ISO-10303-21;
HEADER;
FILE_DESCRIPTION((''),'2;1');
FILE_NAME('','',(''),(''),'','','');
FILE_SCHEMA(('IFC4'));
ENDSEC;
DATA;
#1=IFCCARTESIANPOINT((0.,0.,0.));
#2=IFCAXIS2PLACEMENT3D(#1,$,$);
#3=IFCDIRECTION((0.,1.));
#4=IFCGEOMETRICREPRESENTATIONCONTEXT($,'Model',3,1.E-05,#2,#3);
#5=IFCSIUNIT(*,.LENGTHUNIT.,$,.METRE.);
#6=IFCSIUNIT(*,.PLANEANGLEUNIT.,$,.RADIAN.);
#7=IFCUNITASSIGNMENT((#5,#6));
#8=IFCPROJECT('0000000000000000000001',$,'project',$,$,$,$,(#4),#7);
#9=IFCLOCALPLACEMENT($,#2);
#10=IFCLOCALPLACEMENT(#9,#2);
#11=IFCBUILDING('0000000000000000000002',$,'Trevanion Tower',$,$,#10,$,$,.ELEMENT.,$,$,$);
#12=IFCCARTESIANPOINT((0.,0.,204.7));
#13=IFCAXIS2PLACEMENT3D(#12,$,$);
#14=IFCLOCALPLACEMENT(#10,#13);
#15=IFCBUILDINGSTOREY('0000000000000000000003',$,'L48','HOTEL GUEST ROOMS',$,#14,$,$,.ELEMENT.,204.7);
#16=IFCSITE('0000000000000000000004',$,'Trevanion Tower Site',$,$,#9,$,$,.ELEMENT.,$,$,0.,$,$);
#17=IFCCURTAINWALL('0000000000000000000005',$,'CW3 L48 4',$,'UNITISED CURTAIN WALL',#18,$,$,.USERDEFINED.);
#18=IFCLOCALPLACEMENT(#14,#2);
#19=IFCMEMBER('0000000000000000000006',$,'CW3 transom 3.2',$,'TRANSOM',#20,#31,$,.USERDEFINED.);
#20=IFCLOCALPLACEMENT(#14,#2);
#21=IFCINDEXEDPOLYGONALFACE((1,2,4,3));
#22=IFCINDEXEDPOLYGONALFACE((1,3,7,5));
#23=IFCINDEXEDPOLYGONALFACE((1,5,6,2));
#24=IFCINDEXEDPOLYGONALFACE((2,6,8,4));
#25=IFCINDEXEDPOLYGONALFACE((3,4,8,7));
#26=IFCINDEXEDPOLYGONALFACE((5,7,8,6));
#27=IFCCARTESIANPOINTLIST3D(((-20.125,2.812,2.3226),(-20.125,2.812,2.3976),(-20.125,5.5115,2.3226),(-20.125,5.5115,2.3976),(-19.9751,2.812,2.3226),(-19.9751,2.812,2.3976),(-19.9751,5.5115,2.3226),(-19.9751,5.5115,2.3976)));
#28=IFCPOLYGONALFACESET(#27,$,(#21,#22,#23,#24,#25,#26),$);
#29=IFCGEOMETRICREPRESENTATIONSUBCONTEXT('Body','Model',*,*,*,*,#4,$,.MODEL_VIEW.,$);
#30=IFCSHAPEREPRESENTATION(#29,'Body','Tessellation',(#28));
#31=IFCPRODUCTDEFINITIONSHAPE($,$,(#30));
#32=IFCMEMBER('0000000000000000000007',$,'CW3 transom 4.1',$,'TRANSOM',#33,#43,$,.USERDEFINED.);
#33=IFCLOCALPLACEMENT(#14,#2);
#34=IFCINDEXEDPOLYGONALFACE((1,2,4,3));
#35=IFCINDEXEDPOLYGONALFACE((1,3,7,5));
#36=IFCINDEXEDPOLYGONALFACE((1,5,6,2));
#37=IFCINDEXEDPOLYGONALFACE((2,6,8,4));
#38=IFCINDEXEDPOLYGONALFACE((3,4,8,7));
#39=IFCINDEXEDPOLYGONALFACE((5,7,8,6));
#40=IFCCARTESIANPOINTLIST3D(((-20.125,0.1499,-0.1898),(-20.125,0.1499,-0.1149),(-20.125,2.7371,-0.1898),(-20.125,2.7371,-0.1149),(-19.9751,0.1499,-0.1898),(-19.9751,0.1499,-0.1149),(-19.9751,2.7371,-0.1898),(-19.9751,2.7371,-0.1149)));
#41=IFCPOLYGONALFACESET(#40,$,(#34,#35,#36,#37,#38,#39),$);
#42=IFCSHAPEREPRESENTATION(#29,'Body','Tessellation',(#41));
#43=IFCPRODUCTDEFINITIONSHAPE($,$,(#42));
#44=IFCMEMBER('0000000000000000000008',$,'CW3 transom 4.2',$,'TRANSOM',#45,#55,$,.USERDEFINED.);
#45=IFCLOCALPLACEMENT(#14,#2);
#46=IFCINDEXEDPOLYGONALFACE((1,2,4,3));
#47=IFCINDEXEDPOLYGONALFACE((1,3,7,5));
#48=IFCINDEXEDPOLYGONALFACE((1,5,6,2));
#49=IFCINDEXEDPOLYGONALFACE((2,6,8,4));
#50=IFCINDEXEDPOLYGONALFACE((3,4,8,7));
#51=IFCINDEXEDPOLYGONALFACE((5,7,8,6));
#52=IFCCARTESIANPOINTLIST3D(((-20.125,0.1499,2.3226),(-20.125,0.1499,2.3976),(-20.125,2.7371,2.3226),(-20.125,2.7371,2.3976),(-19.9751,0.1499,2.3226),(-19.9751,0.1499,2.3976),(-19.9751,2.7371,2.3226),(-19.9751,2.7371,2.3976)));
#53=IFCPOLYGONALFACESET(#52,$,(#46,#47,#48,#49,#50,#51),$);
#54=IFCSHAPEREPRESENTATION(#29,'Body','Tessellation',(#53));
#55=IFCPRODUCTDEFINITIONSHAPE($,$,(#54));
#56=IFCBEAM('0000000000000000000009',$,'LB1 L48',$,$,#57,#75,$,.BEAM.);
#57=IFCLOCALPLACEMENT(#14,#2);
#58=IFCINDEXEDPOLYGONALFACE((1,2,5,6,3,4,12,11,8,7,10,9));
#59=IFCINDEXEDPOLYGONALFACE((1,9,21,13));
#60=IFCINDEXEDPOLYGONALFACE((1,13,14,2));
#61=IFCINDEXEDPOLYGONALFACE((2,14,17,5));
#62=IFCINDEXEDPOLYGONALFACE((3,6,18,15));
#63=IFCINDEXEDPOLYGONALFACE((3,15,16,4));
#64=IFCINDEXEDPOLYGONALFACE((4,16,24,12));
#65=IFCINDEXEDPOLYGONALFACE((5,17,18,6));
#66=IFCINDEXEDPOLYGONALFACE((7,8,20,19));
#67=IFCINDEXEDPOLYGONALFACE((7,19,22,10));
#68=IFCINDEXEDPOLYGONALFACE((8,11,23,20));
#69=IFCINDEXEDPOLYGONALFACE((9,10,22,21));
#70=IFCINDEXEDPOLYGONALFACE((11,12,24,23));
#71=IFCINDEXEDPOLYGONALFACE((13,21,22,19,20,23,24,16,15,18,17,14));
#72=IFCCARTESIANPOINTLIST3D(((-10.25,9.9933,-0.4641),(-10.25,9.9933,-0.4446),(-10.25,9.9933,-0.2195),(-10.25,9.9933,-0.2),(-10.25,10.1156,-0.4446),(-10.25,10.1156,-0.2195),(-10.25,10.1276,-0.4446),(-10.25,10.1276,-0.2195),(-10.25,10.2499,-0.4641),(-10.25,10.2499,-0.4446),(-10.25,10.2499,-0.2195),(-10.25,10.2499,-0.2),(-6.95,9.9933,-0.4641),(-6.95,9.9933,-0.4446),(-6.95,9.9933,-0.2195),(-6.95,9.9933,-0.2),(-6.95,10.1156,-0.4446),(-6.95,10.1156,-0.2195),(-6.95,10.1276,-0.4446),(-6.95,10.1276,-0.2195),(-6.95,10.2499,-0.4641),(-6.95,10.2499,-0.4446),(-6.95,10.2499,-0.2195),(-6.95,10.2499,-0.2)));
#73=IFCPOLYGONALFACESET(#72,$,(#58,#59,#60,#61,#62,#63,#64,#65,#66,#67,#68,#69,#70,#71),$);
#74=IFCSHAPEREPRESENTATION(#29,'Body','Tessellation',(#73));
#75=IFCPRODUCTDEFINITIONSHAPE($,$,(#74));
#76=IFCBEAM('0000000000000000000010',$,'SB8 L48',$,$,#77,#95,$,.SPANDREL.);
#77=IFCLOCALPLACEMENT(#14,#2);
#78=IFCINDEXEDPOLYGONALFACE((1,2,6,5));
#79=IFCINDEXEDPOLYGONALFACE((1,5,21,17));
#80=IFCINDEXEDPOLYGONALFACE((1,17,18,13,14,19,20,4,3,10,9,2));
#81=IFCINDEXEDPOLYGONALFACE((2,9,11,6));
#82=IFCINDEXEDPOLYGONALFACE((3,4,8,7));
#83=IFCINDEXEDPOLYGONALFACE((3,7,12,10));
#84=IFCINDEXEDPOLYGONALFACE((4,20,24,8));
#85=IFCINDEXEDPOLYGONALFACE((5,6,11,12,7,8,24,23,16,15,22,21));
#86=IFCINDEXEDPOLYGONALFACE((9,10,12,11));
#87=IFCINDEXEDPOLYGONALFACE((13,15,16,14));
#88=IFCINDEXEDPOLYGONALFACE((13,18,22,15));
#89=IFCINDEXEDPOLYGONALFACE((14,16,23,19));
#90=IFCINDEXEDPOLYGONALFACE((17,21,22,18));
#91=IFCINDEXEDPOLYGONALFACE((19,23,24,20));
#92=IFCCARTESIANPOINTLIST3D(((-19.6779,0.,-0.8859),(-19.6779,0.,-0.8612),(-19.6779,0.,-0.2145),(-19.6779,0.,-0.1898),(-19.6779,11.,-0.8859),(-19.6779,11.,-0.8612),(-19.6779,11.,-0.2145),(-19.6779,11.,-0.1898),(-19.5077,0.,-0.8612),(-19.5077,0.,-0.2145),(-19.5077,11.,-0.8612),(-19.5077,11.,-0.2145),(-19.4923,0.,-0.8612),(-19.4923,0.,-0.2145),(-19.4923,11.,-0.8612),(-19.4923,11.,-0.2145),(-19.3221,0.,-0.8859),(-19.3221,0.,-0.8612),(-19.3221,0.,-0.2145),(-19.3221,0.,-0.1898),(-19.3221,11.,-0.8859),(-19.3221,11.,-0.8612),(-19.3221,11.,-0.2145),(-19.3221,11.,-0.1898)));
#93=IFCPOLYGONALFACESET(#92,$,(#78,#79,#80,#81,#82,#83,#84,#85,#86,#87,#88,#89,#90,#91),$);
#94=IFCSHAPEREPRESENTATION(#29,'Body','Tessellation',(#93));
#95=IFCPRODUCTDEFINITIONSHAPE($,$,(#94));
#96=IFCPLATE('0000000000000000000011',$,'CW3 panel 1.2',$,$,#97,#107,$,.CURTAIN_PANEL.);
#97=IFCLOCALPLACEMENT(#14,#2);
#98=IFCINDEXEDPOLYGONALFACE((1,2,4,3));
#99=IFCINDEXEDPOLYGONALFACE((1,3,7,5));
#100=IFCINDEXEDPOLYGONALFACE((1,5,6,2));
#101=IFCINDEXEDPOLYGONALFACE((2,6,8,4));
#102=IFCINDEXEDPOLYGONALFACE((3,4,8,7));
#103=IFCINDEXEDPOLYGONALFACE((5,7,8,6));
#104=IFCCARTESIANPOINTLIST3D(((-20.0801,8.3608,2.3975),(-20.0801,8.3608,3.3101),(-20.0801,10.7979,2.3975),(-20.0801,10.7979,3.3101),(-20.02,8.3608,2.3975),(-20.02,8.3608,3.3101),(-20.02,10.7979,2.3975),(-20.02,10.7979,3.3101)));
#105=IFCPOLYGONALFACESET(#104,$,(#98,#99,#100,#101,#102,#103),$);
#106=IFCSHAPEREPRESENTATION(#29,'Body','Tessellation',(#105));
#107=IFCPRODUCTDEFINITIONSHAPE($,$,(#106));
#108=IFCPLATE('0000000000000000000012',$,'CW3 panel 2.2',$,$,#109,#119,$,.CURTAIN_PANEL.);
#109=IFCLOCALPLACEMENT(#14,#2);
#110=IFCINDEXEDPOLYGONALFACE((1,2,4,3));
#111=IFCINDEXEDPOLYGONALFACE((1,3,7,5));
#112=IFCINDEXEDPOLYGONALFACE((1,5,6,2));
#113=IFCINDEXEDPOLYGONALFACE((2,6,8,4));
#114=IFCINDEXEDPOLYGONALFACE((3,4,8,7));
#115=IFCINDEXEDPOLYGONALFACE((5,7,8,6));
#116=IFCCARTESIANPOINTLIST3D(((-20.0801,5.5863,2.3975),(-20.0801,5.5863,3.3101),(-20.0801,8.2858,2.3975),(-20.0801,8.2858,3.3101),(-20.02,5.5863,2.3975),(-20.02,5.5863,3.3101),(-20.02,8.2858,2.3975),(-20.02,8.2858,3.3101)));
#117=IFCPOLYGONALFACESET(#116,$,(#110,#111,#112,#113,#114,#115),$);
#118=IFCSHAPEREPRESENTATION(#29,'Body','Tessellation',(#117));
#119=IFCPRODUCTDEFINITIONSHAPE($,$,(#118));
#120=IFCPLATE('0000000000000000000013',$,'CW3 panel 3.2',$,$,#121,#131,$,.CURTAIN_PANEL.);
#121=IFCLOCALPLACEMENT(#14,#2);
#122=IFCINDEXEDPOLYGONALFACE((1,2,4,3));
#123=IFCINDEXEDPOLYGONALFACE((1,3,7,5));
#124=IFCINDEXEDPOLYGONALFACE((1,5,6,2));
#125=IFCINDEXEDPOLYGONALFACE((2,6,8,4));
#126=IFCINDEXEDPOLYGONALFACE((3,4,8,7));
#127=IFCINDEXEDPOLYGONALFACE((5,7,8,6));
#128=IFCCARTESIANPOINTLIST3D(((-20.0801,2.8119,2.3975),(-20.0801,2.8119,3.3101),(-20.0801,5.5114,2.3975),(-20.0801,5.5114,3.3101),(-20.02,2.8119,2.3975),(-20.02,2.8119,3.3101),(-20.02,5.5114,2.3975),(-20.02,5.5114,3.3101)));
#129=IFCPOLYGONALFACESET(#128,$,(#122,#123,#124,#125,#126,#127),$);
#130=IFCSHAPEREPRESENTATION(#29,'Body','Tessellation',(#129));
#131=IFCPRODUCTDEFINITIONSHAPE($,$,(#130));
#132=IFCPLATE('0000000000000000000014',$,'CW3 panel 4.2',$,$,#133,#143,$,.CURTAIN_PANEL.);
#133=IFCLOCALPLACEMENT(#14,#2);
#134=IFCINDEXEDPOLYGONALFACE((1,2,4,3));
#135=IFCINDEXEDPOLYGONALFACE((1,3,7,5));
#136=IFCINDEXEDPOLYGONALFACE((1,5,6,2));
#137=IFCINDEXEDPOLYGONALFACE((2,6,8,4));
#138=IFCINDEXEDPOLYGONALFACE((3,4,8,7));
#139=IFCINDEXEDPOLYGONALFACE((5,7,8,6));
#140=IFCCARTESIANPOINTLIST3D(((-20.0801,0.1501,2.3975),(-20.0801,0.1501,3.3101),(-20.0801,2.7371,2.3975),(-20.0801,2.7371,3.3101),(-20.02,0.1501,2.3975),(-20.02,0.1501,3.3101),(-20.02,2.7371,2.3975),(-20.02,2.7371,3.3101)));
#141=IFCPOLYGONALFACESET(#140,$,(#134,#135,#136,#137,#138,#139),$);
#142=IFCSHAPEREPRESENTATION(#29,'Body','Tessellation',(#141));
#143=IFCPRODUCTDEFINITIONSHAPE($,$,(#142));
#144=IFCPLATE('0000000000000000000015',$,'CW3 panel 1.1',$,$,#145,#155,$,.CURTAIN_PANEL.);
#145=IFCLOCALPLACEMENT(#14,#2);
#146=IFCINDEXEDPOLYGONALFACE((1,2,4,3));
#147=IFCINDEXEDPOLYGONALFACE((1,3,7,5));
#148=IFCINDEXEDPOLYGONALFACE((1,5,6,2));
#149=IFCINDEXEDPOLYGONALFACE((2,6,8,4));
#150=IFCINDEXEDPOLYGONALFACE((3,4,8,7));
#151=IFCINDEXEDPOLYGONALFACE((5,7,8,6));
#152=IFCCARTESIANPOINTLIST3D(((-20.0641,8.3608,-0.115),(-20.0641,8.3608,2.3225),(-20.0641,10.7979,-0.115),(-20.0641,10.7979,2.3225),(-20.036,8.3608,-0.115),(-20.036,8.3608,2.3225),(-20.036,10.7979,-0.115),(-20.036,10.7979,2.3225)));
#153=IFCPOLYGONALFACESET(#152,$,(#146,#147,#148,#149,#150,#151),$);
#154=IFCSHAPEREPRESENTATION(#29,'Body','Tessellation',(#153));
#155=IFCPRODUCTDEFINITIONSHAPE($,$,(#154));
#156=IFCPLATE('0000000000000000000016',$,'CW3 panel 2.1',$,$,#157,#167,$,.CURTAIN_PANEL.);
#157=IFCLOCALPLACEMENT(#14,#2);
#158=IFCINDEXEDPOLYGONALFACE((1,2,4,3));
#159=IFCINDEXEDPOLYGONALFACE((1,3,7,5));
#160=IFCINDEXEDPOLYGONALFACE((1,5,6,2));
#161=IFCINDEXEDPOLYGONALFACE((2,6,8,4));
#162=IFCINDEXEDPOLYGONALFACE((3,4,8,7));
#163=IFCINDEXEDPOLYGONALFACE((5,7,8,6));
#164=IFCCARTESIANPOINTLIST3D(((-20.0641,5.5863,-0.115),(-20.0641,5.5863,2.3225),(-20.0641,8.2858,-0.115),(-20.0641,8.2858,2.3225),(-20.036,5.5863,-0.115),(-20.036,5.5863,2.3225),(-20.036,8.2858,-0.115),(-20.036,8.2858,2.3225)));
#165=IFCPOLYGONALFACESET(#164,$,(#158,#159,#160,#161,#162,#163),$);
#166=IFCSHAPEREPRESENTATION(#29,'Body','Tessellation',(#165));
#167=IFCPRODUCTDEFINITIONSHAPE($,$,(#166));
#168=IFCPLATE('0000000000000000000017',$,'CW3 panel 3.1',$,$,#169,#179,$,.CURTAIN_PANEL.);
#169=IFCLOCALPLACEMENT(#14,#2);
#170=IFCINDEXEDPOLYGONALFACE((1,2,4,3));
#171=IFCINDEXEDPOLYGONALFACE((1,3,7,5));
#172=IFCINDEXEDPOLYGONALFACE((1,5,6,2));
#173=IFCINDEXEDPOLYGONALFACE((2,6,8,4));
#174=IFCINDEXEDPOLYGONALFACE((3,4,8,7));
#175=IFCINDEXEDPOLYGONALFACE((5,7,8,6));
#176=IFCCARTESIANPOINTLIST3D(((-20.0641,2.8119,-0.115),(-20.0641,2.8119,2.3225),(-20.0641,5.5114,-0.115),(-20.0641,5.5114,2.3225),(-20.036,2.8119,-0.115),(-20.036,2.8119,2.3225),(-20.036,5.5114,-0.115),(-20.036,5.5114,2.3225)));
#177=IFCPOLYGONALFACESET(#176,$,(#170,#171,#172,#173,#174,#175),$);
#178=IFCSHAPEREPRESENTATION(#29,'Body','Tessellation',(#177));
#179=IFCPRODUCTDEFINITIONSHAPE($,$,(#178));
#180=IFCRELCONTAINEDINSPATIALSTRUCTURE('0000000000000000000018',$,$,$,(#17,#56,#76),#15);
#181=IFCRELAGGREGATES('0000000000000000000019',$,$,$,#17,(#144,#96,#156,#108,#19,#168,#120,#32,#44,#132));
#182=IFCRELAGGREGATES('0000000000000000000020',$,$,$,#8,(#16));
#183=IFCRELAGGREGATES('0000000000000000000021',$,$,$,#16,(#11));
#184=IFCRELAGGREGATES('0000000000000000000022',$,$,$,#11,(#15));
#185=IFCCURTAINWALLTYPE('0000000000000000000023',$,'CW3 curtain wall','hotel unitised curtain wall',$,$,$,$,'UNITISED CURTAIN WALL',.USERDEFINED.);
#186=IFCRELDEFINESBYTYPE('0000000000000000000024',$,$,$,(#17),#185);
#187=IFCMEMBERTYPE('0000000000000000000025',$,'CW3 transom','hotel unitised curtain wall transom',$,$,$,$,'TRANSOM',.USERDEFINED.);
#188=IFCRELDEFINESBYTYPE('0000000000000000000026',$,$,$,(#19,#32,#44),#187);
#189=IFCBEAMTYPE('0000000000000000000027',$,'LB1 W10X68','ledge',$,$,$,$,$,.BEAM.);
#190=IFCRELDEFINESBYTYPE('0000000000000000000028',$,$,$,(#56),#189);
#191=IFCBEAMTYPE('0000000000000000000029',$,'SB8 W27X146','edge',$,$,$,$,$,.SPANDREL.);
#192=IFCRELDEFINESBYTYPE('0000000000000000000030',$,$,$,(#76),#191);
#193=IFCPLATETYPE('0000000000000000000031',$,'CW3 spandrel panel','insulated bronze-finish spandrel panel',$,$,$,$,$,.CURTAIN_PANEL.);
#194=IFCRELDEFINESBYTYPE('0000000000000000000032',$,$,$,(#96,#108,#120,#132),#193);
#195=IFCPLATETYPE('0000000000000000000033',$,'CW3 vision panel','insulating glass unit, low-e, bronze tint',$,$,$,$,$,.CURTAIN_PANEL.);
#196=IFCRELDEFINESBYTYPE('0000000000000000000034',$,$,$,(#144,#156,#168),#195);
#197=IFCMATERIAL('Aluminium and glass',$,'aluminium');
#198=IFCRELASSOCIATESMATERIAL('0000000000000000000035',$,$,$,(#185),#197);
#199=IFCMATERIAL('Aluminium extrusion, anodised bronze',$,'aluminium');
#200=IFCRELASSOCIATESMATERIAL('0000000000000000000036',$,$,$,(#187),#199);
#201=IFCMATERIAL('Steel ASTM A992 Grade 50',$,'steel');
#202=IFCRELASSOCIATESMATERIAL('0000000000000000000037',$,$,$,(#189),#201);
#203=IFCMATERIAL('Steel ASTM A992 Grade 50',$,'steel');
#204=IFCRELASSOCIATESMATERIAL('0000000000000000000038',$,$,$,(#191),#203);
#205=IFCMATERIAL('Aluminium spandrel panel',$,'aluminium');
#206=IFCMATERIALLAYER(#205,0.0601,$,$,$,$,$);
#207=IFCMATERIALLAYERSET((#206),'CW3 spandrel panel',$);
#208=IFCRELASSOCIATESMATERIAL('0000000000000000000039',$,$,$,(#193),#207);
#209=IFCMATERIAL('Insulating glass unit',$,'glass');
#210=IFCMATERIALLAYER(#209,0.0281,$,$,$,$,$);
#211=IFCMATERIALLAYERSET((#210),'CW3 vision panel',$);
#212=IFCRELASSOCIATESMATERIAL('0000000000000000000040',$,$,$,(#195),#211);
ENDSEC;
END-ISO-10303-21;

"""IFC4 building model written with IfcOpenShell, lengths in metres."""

from ifc_helpers import new_model, si_unit, direction, frame, origin, origin_2d, place, context, subcontext, project, spatial, rectangle, i_section, extrude, material, layer, layer_set, material_profile, profile_set, type_object, element, aggregate, save


model = new_model("IFC4")

# Units and contexts
model_context = context("Model", 3, precision=1e-05, world=origin(), true_north=direction((0.0, 1.0)))
body_context = subcontext(model_context, "Body", "Model", "MODEL_VIEW")
ifc_project = project(units=[si_unit("LENGTHUNIT", "METRE"), si_unit("PLANEANGLEUNIT", "RADIAN")], contexts=[model_context])

# Site, building, storey
site_placement = place(None, origin())
site = spatial("IfcSite", under=ifc_project, at=site_placement, Name="Trevanion Tower Site", CompositionType="ELEMENT", RefElevation=0.0)
building_placement = place(site_placement, origin())
building = spatial("IfcBuilding", under=site, at=building_placement, Name="Trevanion Tower", CompositionType="ELEMENT")
storey_placement = place(building_placement, frame((0.0, 0.0, 204.7)))
storey = spatial("IfcBuildingStorey", under=building, at=storey_placement, Name="L48", Description="HOTEL GUEST ROOMS", CompositionType="ELEMENT", Elevation=204.7)

# Curtain wall, members
ifc_material_1 = material(Name="Aluminium and glass", Category="aluminium")
curtain_wall_type = type_object("IfcCurtainWallType", Name="CW3 curtain wall", Description="hotel unitised curtain wall", ElementType="UNITISED CURTAIN WALL", PredefinedType="USERDEFINED", material=ifc_material_1)
curtain_wall_placement = place(storey_placement, origin())
curtain_wall = element("IfcCurtainWall", 1, at=curtain_wall_placement, inside=storey, type_object=curtain_wall_type, Name="CW3 L48 4", ObjectType="UNITISED CURTAIN WALL", PredefinedType="USERDEFINED")
ifc_material_2 = material(Name="Aluminium extrusion, anodised bronze", Category="aluminium")
ifc_material_profile_1 = material_profile(ifc_material_2, rectangle(XDim=0.1499, YDim=0.075, at=origin_2d()), Name="CW3 transom")
ifc_profile_set_1 = profile_set([ifc_material_profile_1], Name="Aluminium extrusion, anodised bronze")
member_type_1 = type_object("IfcMemberType", Name="CW3 transom", Description="hotel unitised curtain wall transom", ElementType="TRANSOM", PredefinedType="USERDEFINED", material=ifc_profile_set_1)
member_1_placement = place(storey_placement, frame((-20.05, 5.5115, 2.3601), z_axis=(0.0, -1.0, 0.0), x_axis=(1.0, 0.0, 0.0)))
member_1 = element("IfcMember", 2, at=member_1_placement, type_object=member_type_1, Name="CW3 transom 3.2", ObjectType="TRANSOM", PredefinedType="USERDEFINED", context=body_context, shape_type="SweptSolid", body=[
    extrude(rectangle(XDim=0.1499, YDim=0.075, at=origin_2d()), origin(), (0.0, 0.0, 1.0), 2.6995),
])
member_2_placement = place(storey_placement, frame((-20.05, 2.7371, -0.1523), z_axis=(0.0, -1.0, 0.0), x_axis=(1.0, 0.0, 0.0)))
member_2 = element("IfcMember", 3, at=member_2_placement, type_object=member_type_1, Name="CW3 transom 4.1", ObjectType="TRANSOM", PredefinedType="USERDEFINED", context=body_context, shape_type="SweptSolid", body=[
    extrude(rectangle(XDim=0.1499, YDim=0.075, at=origin_2d()), origin(), (0.0, 0.0, 1.0), 2.5872),
])
member_3_placement = place(storey_placement, frame((-20.05, 2.7371, 2.3601), z_axis=(0.0, -1.0, 0.0), x_axis=(1.0, 0.0, 0.0)))
member_3 = element("IfcMember", 4, at=member_3_placement, type_object=member_type_1, Name="CW3 transom 4.2", ObjectType="TRANSOM", PredefinedType="USERDEFINED", context=body_context, shape_type="SweptSolid", body=[
    extrude(rectangle(XDim=0.1499, YDim=0.075, at=origin_2d()), origin(), (0.0, 0.0, 1.0), 2.5872),
])

# Beams
ifc_material_3 = material(Name="Steel ASTM A992 Grade 50", Category="steel")
ifc_material_profile_2 = material_profile(ifc_material_3, i_section(OverallWidth=0.2566, OverallDepth=0.2642, WebThickness=0.012, FlangeThickness=0.0195, at=origin_2d()), Name="W10X68")
ifc_profile_set_2 = profile_set([ifc_material_profile_2], Name="Steel ASTM A992 Grade 50")
beam_type_1 = type_object("IfcBeamType", Name="LB1 W10X68", Description="ledge", PredefinedType="BEAM", material=ifc_profile_set_2)
beam_1_placement = place(storey_placement, frame((-10.25, 10.1216, -0.332), z_axis=(1.0, 0.0, 0.0), x_axis=(0.0, 1.0, 0.0)))
element("IfcBeam", 5, at=beam_1_placement, inside=storey, type_object=beam_type_1, Name="LB1 L48", PredefinedType="BEAM", context=body_context, shape_type="SweptSolid", body=[
    extrude(i_section(OverallWidth=0.2566, OverallDepth=0.2642, WebThickness=0.012, FlangeThickness=0.0195, at=origin_2d()), origin(), (0.0, 0.0, 1.0), 3.3),
])
ifc_material_4 = material(Name="Steel ASTM A992 Grade 50", Category="steel")
ifc_material_profile_3 = material_profile(ifc_material_4, i_section(OverallWidth=0.3557, OverallDepth=0.696, WebThickness=0.0154, FlangeThickness=0.0247, at=origin_2d()), Name="W27X146")
ifc_profile_set_3 = profile_set([ifc_material_profile_3], Name="Steel ASTM A992 Grade 50")
beam_type_2 = type_object("IfcBeamType", Name="SB8 W27X146", Description="edge", PredefinedType="SPANDREL", material=ifc_profile_set_3)
beam_2_placement = place(storey_placement, frame((-19.5, 11.0, -0.5378), z_axis=(0.0, -1.0, 0.0), x_axis=(1.0, 0.0, 0.0)))
element("IfcBeam", 6, at=beam_2_placement, inside=storey, type_object=beam_type_2, Name="SB8 L48", PredefinedType="SPANDREL", context=body_context, shape_type="SweptSolid", body=[
    extrude(i_section(OverallWidth=0.3557, OverallDepth=0.696, WebThickness=0.0154, FlangeThickness=0.0247, at=origin_2d()), origin(), (0.0, 0.0, 1.0), 11.0),
])

# Plates
ifc_material_5 = material(Name="Aluminium spandrel panel", Category="aluminium")
ifc_layer_1 = layer(ifc_material_5, 0.0601)
ifc_layer_set_1 = layer_set([ifc_layer_1], Name="CW3 spandrel panel")
plate_type_1 = type_object("IfcPlateType", Name="CW3 spandrel panel", Description="insulated bronze-finish spandrel panel", PredefinedType="CURTAIN_PANEL", material=ifc_layer_set_1)
plate_1_placement = place(storey_placement, frame((-20.05, 9.5793, 2.3975), z_axis=(0.0, 0.0, 1.0), x_axis=(0.0, -1.0, 0.0)))
plate_1 = element("IfcPlate", 7, at=plate_1_placement, type_object=plate_type_1, Name="CW3 panel 1.2", PredefinedType="CURTAIN_PANEL", context=body_context, shape_type="SweptSolid", body=[
    extrude(rectangle(XDim=2.437, YDim=0.0601, at=origin_2d()), origin(), (0.0, 0.0, 1.0), 0.9126),
])
plate_2_placement = place(storey_placement, frame((-20.05, 6.936, 2.3975), z_axis=(0.0, 0.0, 1.0), x_axis=(0.0, -1.0, 0.0)))
plate_2 = element("IfcPlate", 8, at=plate_2_placement, type_object=plate_type_1, Name="CW3 panel 2.2", PredefinedType="CURTAIN_PANEL", context=body_context, shape_type="SweptSolid", body=[
    extrude(rectangle(XDim=2.6995, YDim=0.0601, at=origin_2d()), origin(), (0.0, 0.0, 1.0), 0.9126),
])
plate_3_placement = place(storey_placement, frame((-20.05, 4.1616, 2.3975), z_axis=(0.0, 0.0, 1.0), x_axis=(0.0, -1.0, 0.0)))
plate_3 = element("IfcPlate", 9, at=plate_3_placement, type_object=plate_type_1, Name="CW3 panel 3.2", PredefinedType="CURTAIN_PANEL", context=body_context, shape_type="SweptSolid", body=[
    extrude(rectangle(XDim=2.6995, YDim=0.0601, at=origin_2d()), origin(), (0.0, 0.0, 1.0), 0.9126),
])
plate_4_placement = place(storey_placement, frame((-20.05, 1.4436, 2.3975), z_axis=(0.0, 0.0, 1.0), x_axis=(0.0, -1.0, 0.0)))
plate_4 = element("IfcPlate", 10, at=plate_4_placement, type_object=plate_type_1, Name="CW3 panel 4.2", PredefinedType="CURTAIN_PANEL", context=body_context, shape_type="SweptSolid", body=[
    extrude(rectangle(XDim=2.5869, YDim=0.0601, at=origin_2d()), origin(), (0.0, 0.0, 1.0), 0.9126),
])
ifc_material_6 = material(Name="Insulating glass unit", Category="glass")
ifc_layer_2 = layer(ifc_material_6, 0.0281)
ifc_layer_set_2 = layer_set([ifc_layer_2], Name="CW3 vision panel")
plate_type_2 = type_object("IfcPlateType", Name="CW3 vision panel", Description="insulating glass unit, low-e, bronze tint", PredefinedType="CURTAIN_PANEL", material=ifc_layer_set_2)
plate_5_placement = place(storey_placement, frame((-20.05, 9.5793, -0.115), z_axis=(0.0, 0.0, 1.0), x_axis=(0.0, -1.0, 0.0)))
plate_5 = element("IfcPlate", 11, at=plate_5_placement, type_object=plate_type_2, Name="CW3 panel 1.1", PredefinedType="CURTAIN_PANEL", context=body_context, shape_type="SweptSolid", body=[
    extrude(rectangle(XDim=2.437, YDim=0.0281, at=origin_2d()), origin(), (0.0, 0.0, 1.0), 2.4375),
])
plate_6_placement = place(storey_placement, frame((-20.05, 6.936, -0.115), z_axis=(0.0, 0.0, 1.0), x_axis=(0.0, -1.0, 0.0)))
plate_6 = element("IfcPlate", 12, at=plate_6_placement, type_object=plate_type_2, Name="CW3 panel 2.1", PredefinedType="CURTAIN_PANEL", context=body_context, shape_type="SweptSolid", body=[
    extrude(rectangle(XDim=2.6995, YDim=0.0281, at=origin_2d()), origin(), (0.0, 0.0, 1.0), 2.4375),
])
plate_7_placement = place(storey_placement, frame((-20.05, 4.1616, -0.115), z_axis=(0.0, 0.0, 1.0), x_axis=(0.0, -1.0, 0.0)))
plate_7 = element("IfcPlate", 13, at=plate_7_placement, type_object=plate_type_2, Name="CW3 panel 3.1", PredefinedType="CURTAIN_PANEL", context=body_context, shape_type="SweptSolid", body=[
    extrude(rectangle(XDim=2.6995, YDim=0.0281, at=origin_2d()), origin(), (0.0, 0.0, 1.0), 2.4375),
])
aggregate(curtain_wall, [plate_5, plate_1, plate_6, plate_2, member_1, plate_7, plate_3, member_2, member_3, plate_4])

save(model, "model.ifc")
